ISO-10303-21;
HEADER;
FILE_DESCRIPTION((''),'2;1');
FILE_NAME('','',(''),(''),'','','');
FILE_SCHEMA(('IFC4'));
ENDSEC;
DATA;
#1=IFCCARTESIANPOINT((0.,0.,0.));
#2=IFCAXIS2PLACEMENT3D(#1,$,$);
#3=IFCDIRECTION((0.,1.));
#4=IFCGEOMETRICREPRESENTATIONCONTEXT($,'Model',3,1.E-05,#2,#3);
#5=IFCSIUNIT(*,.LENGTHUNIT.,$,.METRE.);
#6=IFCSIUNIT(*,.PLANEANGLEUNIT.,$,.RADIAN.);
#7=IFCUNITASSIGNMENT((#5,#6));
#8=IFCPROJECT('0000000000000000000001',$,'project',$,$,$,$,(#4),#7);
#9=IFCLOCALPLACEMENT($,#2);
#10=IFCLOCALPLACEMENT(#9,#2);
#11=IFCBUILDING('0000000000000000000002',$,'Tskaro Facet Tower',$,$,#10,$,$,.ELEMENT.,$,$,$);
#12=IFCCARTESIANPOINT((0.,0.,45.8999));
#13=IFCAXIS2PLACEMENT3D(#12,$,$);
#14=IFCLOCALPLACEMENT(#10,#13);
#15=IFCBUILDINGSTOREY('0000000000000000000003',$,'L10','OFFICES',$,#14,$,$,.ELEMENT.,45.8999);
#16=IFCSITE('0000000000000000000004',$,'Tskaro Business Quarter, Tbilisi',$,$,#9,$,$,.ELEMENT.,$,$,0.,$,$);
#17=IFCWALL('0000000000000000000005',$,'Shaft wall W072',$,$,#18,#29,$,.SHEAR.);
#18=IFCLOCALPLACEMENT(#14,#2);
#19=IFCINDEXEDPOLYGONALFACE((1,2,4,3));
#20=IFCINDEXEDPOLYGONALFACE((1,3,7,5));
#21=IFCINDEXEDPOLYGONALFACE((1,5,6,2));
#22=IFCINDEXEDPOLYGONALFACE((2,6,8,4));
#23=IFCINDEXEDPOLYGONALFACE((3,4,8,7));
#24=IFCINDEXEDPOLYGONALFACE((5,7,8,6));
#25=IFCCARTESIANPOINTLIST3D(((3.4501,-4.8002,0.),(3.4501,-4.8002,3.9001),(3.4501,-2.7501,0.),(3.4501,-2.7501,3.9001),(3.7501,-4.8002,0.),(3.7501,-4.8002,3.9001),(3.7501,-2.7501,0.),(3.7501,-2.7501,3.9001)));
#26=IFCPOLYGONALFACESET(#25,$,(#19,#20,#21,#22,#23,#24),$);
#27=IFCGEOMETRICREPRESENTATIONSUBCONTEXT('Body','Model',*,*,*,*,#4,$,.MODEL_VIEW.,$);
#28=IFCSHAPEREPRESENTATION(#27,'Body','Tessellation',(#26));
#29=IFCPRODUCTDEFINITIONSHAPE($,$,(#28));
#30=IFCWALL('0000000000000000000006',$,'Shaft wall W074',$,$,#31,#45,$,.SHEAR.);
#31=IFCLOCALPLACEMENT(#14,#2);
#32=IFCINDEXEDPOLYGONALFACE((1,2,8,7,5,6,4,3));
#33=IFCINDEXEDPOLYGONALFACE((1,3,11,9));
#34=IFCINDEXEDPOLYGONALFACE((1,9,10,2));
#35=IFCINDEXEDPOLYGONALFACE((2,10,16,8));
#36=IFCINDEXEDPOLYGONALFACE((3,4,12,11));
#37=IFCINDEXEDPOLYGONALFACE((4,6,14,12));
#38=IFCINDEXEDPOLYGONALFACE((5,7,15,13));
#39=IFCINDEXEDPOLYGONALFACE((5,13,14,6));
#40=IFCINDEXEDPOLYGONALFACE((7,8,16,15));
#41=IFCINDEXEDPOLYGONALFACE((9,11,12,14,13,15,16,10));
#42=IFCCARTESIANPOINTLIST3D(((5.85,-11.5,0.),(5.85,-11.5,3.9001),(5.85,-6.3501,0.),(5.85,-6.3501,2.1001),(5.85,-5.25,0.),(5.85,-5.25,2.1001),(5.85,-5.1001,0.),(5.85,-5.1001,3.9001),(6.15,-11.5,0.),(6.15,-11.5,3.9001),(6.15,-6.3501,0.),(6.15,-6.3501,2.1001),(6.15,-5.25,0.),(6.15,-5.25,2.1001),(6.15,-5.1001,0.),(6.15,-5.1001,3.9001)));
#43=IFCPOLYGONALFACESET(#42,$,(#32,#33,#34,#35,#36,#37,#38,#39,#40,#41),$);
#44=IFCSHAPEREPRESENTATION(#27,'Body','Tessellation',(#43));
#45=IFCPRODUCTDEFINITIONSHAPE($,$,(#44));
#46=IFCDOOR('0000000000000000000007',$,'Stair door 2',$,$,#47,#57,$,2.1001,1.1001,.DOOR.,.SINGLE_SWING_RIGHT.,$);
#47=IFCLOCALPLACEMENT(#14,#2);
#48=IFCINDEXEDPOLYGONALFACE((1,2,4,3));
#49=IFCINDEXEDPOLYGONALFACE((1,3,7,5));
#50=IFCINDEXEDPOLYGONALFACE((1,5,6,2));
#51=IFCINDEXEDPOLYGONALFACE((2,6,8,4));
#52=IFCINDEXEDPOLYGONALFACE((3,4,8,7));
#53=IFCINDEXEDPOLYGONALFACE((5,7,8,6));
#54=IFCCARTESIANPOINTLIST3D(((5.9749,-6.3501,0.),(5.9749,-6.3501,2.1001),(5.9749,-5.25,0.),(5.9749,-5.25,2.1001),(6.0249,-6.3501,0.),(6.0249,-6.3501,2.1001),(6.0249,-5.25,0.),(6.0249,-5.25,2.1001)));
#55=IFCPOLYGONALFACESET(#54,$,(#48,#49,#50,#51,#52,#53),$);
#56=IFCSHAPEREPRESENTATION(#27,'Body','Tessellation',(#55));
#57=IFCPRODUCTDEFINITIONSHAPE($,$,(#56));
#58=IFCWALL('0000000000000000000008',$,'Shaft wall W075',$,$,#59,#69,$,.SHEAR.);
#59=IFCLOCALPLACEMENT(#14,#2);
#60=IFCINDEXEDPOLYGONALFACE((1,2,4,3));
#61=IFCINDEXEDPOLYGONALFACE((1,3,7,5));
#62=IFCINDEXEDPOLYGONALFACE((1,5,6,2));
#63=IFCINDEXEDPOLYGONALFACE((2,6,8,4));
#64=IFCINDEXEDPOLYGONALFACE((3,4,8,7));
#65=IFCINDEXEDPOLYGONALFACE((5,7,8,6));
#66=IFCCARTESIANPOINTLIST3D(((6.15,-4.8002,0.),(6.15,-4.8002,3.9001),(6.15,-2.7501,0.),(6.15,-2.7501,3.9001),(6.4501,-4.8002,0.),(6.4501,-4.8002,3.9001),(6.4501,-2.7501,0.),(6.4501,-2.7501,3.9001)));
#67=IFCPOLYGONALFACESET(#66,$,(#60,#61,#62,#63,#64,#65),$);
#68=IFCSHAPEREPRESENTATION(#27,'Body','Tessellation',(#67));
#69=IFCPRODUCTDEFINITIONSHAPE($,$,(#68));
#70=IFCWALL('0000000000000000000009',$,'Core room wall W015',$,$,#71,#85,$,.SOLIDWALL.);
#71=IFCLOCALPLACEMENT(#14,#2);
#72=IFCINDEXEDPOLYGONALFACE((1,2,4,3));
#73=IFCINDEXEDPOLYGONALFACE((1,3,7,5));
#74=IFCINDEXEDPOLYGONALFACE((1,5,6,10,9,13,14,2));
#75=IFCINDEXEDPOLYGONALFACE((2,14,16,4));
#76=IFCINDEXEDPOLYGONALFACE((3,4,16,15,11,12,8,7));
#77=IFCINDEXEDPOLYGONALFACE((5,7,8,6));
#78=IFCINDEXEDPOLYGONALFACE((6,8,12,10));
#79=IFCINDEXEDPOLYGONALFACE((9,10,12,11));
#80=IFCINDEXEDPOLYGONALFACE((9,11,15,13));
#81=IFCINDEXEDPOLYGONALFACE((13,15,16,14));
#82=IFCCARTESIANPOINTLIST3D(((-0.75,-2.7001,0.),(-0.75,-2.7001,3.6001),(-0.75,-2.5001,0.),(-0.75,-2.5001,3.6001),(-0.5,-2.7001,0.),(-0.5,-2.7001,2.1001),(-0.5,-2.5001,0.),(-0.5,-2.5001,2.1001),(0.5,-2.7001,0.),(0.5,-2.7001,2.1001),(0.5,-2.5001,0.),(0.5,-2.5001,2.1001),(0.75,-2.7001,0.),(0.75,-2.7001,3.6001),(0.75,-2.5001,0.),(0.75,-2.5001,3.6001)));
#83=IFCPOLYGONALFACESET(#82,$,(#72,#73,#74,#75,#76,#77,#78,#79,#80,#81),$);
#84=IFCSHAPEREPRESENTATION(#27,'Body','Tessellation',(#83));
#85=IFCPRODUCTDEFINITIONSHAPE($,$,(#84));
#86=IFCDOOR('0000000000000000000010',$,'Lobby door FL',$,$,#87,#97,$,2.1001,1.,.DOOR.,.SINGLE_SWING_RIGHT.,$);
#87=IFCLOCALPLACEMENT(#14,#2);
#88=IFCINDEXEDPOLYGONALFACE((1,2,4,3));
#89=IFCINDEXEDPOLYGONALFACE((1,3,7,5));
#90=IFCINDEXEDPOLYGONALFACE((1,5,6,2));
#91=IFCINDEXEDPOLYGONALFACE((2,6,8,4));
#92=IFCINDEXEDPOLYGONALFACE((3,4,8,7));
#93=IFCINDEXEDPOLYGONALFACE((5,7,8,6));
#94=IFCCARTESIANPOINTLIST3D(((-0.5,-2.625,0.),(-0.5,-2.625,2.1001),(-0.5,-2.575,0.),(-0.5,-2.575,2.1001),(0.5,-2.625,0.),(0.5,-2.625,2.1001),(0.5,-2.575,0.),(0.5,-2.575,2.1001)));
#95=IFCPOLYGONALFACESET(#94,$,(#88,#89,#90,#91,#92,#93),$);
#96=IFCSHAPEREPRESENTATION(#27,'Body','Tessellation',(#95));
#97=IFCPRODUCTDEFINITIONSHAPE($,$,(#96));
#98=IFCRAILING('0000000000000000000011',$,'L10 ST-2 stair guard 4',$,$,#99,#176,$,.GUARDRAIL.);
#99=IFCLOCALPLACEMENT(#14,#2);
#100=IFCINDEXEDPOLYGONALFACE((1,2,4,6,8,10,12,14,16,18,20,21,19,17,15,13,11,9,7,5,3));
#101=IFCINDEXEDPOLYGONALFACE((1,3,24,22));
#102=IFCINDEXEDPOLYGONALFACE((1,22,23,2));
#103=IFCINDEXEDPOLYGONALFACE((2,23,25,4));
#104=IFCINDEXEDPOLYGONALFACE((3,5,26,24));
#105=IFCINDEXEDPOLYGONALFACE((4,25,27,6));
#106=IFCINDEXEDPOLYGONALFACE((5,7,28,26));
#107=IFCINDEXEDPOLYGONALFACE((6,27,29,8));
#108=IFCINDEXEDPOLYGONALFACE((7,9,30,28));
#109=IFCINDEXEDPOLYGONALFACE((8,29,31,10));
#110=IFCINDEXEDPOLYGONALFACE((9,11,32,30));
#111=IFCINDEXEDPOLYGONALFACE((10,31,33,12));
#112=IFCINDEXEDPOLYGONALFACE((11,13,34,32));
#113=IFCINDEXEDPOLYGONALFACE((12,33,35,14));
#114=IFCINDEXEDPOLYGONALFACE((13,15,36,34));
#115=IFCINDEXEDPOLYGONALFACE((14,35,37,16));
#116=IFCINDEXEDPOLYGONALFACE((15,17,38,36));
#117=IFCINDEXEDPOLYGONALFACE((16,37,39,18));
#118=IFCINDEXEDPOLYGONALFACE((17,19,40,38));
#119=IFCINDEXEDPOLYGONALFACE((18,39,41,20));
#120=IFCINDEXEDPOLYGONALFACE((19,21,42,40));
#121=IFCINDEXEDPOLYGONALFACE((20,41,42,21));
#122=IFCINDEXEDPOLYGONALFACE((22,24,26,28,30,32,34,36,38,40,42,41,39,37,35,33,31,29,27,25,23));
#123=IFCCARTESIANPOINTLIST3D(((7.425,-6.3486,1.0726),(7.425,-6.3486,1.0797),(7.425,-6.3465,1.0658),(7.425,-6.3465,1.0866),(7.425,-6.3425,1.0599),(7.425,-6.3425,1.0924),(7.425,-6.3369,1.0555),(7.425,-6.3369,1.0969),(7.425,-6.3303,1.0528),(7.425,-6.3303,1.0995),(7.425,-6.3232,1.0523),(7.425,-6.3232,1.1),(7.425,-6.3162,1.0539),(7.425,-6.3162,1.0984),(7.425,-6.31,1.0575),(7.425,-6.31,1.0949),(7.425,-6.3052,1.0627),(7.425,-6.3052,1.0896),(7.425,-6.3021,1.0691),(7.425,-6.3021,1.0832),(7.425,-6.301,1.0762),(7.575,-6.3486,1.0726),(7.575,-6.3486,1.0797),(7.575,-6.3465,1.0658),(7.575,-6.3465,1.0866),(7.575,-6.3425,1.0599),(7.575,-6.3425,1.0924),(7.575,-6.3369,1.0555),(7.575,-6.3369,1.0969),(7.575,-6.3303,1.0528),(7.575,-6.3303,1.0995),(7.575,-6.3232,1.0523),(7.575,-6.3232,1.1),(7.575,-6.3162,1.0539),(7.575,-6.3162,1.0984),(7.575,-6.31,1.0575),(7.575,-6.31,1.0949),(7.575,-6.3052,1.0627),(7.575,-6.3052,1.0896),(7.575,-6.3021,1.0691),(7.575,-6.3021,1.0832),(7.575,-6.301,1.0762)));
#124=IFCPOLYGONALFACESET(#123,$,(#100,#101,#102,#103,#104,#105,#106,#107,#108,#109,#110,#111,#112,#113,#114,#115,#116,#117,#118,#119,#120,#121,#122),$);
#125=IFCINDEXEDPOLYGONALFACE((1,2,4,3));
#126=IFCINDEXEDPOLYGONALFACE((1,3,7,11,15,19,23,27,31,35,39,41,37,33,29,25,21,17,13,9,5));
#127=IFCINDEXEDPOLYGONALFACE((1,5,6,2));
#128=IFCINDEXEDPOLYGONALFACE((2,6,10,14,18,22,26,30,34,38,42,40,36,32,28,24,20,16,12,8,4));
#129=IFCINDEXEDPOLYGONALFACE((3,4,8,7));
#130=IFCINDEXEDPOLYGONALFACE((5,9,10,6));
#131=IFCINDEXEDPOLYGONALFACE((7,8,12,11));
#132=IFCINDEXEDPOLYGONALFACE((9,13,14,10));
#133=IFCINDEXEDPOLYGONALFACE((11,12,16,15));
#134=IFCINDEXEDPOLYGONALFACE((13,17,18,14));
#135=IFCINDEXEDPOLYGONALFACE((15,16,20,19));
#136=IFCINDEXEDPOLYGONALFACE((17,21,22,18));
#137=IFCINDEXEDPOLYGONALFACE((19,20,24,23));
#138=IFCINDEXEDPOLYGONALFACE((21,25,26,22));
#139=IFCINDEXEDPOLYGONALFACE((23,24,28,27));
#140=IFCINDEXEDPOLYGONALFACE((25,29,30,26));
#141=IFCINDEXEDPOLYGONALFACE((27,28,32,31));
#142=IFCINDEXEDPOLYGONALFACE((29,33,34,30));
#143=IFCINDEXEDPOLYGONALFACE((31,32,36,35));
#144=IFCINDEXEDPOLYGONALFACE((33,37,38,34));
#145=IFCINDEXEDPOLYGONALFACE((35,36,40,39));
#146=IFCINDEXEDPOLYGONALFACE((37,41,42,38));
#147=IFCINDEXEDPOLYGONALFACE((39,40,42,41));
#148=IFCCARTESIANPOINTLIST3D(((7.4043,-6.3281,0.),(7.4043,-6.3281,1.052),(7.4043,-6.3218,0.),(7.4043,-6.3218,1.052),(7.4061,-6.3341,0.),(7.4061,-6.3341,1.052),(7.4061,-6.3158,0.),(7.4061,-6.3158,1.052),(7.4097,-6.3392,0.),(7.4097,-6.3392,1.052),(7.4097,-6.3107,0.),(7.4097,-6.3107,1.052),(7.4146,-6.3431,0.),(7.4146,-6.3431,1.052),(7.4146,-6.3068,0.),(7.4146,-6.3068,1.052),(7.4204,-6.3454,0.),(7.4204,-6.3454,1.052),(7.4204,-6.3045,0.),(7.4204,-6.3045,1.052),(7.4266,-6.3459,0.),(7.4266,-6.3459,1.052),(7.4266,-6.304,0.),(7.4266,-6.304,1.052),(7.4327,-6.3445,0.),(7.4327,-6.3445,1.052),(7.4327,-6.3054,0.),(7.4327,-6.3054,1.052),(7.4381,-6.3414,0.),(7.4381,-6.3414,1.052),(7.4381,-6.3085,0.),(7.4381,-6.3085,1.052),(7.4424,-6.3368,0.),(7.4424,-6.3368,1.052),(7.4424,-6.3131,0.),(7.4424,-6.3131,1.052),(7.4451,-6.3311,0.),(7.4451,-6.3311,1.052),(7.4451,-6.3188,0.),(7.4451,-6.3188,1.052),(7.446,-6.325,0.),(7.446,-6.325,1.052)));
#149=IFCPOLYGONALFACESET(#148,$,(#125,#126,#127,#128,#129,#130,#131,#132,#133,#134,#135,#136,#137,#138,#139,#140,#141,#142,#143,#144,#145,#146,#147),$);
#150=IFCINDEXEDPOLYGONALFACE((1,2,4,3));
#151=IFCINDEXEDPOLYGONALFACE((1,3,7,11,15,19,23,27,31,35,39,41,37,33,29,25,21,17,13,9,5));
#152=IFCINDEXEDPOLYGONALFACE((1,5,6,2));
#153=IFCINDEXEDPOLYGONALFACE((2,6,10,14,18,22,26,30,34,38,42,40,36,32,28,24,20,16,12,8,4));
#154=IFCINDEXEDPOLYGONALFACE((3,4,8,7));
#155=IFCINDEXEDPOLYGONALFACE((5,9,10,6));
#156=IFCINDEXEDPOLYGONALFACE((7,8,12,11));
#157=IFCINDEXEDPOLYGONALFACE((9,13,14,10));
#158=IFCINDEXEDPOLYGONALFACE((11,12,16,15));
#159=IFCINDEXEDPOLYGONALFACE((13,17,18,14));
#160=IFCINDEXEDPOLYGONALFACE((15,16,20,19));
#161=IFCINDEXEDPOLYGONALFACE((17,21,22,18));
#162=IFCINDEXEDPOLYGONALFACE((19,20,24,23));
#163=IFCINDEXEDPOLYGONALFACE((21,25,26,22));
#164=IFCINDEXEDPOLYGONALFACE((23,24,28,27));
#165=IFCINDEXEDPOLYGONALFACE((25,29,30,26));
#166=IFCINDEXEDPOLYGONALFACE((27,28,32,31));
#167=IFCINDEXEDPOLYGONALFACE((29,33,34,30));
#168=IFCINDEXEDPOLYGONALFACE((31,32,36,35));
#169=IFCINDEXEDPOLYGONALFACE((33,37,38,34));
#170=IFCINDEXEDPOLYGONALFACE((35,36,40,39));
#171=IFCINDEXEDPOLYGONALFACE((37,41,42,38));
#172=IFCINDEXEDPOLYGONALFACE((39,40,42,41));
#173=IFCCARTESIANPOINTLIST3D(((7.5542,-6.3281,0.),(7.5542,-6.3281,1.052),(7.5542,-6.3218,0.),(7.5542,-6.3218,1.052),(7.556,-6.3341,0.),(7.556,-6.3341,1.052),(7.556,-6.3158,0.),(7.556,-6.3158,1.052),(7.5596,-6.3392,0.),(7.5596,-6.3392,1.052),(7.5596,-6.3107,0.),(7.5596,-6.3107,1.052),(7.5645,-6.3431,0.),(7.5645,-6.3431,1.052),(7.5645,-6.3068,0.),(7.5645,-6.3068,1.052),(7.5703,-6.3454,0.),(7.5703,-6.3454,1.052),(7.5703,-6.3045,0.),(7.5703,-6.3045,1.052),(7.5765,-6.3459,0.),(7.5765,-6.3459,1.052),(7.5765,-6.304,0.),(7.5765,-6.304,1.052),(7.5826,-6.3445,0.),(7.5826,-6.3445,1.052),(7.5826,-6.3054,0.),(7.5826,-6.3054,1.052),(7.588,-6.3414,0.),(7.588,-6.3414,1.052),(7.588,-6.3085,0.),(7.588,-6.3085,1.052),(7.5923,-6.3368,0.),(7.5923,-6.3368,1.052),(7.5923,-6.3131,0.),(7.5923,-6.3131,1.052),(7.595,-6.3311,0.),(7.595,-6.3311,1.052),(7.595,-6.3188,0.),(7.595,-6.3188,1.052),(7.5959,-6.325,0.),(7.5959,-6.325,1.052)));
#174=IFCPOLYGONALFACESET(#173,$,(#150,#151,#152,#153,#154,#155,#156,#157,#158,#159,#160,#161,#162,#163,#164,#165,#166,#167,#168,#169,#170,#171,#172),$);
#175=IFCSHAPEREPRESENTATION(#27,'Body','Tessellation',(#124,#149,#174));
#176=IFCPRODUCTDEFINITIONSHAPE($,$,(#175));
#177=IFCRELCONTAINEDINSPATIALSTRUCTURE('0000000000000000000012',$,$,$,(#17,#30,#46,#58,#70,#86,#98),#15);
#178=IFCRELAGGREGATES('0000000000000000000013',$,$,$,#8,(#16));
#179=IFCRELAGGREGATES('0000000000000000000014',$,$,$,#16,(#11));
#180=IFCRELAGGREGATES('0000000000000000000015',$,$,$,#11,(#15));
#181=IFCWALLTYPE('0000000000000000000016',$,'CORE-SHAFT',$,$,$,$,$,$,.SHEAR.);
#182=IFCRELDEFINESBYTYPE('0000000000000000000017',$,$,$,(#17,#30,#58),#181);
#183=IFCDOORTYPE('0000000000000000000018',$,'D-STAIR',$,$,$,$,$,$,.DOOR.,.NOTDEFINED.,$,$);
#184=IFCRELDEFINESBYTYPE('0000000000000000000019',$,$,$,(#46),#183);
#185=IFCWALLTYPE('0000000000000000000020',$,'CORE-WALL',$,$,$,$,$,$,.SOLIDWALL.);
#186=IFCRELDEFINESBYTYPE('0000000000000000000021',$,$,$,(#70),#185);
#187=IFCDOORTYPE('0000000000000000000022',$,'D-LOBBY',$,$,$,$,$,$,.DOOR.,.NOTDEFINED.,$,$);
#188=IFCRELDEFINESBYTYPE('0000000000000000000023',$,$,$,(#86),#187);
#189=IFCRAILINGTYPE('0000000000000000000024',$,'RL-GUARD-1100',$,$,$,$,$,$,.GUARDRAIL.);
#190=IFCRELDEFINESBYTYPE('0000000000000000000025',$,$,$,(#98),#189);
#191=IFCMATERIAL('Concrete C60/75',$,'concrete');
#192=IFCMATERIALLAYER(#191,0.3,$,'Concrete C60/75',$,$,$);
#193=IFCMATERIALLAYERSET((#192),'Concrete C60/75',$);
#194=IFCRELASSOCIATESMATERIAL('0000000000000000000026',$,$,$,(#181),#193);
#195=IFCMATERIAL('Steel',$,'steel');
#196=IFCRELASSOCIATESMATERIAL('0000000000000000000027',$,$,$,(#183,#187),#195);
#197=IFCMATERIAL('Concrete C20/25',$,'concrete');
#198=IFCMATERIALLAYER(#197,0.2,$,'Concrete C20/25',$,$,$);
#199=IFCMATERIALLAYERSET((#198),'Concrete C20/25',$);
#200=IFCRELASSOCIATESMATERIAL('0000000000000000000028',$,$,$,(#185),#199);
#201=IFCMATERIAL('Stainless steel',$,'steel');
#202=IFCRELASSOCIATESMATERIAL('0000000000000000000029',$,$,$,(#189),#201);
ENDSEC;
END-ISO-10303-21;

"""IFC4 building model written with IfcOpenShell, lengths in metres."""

from ifc_helpers import new_model, si_unit, direction, frame, frame_2d, origin, origin_2d, place, context, subcontext, project, spatial, rectangle, circle, extrude, material, layer, layer_set, type_object, element, fill, save


model = new_model("IFC4")

# Units and contexts
model_context = context("Model", 3, precision=1e-05, world=origin(), true_north=direction((0.0, 1.0)))
body_context = subcontext(model_context, "Body", "Model", "MODEL_VIEW")
ifc_project = project(units=[si_unit("LENGTHUNIT", "METRE"), si_unit("PLANEANGLEUNIT", "RADIAN")], contexts=[model_context])

# Site, building, storey
site_placement = place(None, origin())
site = spatial("IfcSite", under=ifc_project, at=site_placement, Name="Tskaro Business Quarter, Tbilisi", CompositionType="ELEMENT", RefElevation=0.0)
building_placement = place(site_placement, origin())
building = spatial("IfcBuilding", under=site, at=building_placement, Name="Tskaro Facet Tower", CompositionType="ELEMENT")
storey_placement = place(building_placement, frame((0.0, 0.0, 45.8999)))
storey = spatial("IfcBuildingStorey", under=building, at=storey_placement, Name="L10", Description="OFFICES", CompositionType="ELEMENT", Elevation=45.8999)

# Shared definitions
ifc_material_1 = material(Name="Concrete C60/75", Category="concrete")

# Shared definitions
ifc_layer_1 = layer(ifc_material_1, 0.3, Name="Concrete C60/75")
ifc_layer_set_1 = layer_set([ifc_layer_1], Name="Concrete C60/75")
wall_type_1 = type_object("IfcWallType", Name="CORE-SHAFT", PredefinedType="SHEAR", material=ifc_layer_set_1)

# Shared definitions
ifc_material_2 = material(Name="Stainless steel", Category="steel")

# Wall
for number, where, z_axis, x_axis, name in (
    (1, (3.6001, -4.8, 0.0), (0.0, 0.0, 1.0), (0.0, 1.0, 0.0), "Shaft wall W072"),
):
    element("IfcWall", number, at=place(storey_placement, frame(where, z_axis=z_axis, x_axis=x_axis)), inside=storey, type_object=wall_type_1, Name=name, PredefinedType="SHEAR", context=body_context, shape_type="SweptSolid", body=[
        extrude(rectangle(XDim=2.05, YDim=0.3, at=frame_2d((1.0249, 0.0))), origin(), (0.0, 0.0, 1.0), 3.9001),
    ])

# Wall, opening, door
wall_1_placement = place(storey_placement, frame((6.0, -5.1001, 0.0), z_axis=(0.0, 0.0, 1.0), x_axis=(0.0, -1.0, 0.0)))
wall_1 = element("IfcWall", 2, at=wall_1_placement, inside=storey, type_object=wall_type_1, Name="Shaft wall W074", PredefinedType="SHEAR", context=body_context, shape_type="SweptSolid", body=[
    extrude(rectangle(XDim=6.3999, YDim=0.3, at=frame_2d((3.2, 0.0))), origin(), (0.0, 0.0, 1.0), 3.9001),
])
opening_1_placement = place(wall_1_placement, frame((0.1499, 0.0, 0.0)))
opening_1 = element("IfcOpeningElement", 3, at=opening_1_placement, cuts=wall_1, PredefinedType="OPENING", context=body_context, shape_type="SweptSolid", body=[
    extrude(rectangle(XDim=1.1001, YDim=2.1001, at=frame_2d((0.55, 1.05))), frame((0.0, 0.1599, 0.0), z_axis=(0.0, -1.0, 0.0), x_axis=(1.0, 0.0, 0.0)), (0.0, 0.0, 1.0), 0.3201),
])
ifc_material_3 = material(Name="Steel", Category="steel")
door_type_1 = type_object("IfcDoorType", Name="D-STAIR", OperationType="NOTDEFINED", PredefinedType="DOOR", material=ifc_material_3)
door_1_placement = place(opening_1_placement, origin())
door_1 = element("IfcDoor", 4, at=door_1_placement, inside=storey, type_object=door_type_1, Name="Stair door 2", OperationType="SINGLE_SWING_RIGHT", OverallHeight=2.1001, OverallWidth=1.1001, PredefinedType="DOOR", context=body_context, shape_type="SweptSolid", body=[
    extrude(rectangle(XDim=1.1001, YDim=2.1001, at=frame_2d((0.55, 1.05))), frame((0.0, 0.0249, 0.0), z_axis=(0.0, -1.0, 0.0), x_axis=(1.0, 0.0, 0.0)), (0.0, 0.0, 1.0), 0.05),
])
fill(opening_1, door_1)

# Wall
wall_2_placement = place(storey_placement, frame((6.3, -4.8, 0.0), z_axis=(0.0, 0.0, 1.0), x_axis=(0.0, 1.0, 0.0)))
element("IfcWall", 5, at=wall_2_placement, inside=storey, type_object=wall_type_1, Name="Shaft wall W075", PredefinedType="SHEAR", context=body_context, shape_type="SweptSolid", body=[
    extrude(rectangle(XDim=2.05, YDim=0.3, at=frame_2d((1.0249, 0.0))), origin(), (0.0, 0.0, 1.0), 3.9001),
])

# Wall, opening, door
ifc_material_4 = material(Name="Concrete C20/25", Category="concrete")
ifc_layer_2 = layer(ifc_material_4, 0.2, Name="Concrete C20/25")
ifc_layer_set_2 = layer_set([ifc_layer_2], Name="Concrete C20/25")
wall_type_2 = type_object("IfcWallType", Name="CORE-WALL", PredefinedType="SOLIDWALL", material=ifc_layer_set_2)
wall_3_placement = place(storey_placement, frame((0.75, -2.6001, 0.0), z_axis=(0.0, 0.0, 1.0), x_axis=(-1.0, 0.0, 0.0)))
wall_3 = element("IfcWall", 6, at=wall_3_placement, inside=storey, type_object=wall_type_2, Name="Core room wall W015", PredefinedType="SOLIDWALL", context=body_context, shape_type="SweptSolid", body=[
    extrude(rectangle(XDim=1.5, YDim=0.2, at=frame_2d((0.75, 0.0))), origin(), (0.0, 0.0, 1.0), 3.6001),
])
opening_2_placement = place(wall_3_placement, frame((0.25, 0.0, 0.0)))
opening_2 = element("IfcOpeningElement", 7, at=opening_2_placement, cuts=wall_3, PredefinedType="OPENING", context=body_context, shape_type="SweptSolid", body=[
    extrude(rectangle(XDim=1.0, YDim=2.1001, at=frame_2d((0.5, 1.05))), frame((0.0, 0.1099, 0.0), z_axis=(0.0, -1.0, 0.0), x_axis=(1.0, 0.0, 0.0)), (0.0, 0.0, 1.0), 0.22),
])
door_type_2 = type_object("IfcDoorType", Name="D-LOBBY", OperationType="NOTDEFINED", PredefinedType="DOOR", material=ifc_material_3)
door_2_placement = place(opening_2_placement, origin())
door_2 = element("IfcDoor", 8, at=door_2_placement, inside=storey, type_object=door_type_2, Name="Lobby door FL", OperationType="SINGLE_SWING_RIGHT", OverallHeight=2.1001, OverallWidth=1.0, PredefinedType="DOOR", context=body_context, shape_type="SweptSolid", body=[
    extrude(rectangle(XDim=1.0, YDim=2.1001, at=frame_2d((0.5, 1.05))), frame((0.0, 0.0249, 0.0), z_axis=(0.0, -1.0, 0.0), x_axis=(1.0, 0.0, 0.0)), (0.0, 0.0, 1.0), 0.05),
])
fill(opening_2, door_2)

# Railing
railing_type = type_object("IfcRailingType", Name="RL-GUARD-1100", PredefinedType="GUARDRAIL", material=ifc_material_2)
railing_placement = place(storey_placement, frame((7.425, -6.325, 0.0)))
element("IfcRailing", 9, at=railing_placement, inside=storey, type_object=railing_type, Name="L10 ST-2 stair guard 4", PredefinedType="GUARDRAIL", context=body_context, shape_type="SweptSolid", body=[
    extrude(circle(Radius=0.0239, at=origin_2d()), frame((0.0, 0.0, 1.0762), z_axis=(1.0, 0.0, 0.0), x_axis=(0.0, 1.0, 0.0)), (0.0, 0.0, 1.0), 0.1499),
    extrude(circle(Radius=0.021, at=origin_2d()), origin(), (0.0, 0.0, 1.0), 1.052),
    extrude(circle(Radius=0.021, at=origin_2d()), frame((0.1499, 0.0, 0.0)), (0.0, 0.0, 1.0), 1.052),
])

save(model, "model.ifc")
